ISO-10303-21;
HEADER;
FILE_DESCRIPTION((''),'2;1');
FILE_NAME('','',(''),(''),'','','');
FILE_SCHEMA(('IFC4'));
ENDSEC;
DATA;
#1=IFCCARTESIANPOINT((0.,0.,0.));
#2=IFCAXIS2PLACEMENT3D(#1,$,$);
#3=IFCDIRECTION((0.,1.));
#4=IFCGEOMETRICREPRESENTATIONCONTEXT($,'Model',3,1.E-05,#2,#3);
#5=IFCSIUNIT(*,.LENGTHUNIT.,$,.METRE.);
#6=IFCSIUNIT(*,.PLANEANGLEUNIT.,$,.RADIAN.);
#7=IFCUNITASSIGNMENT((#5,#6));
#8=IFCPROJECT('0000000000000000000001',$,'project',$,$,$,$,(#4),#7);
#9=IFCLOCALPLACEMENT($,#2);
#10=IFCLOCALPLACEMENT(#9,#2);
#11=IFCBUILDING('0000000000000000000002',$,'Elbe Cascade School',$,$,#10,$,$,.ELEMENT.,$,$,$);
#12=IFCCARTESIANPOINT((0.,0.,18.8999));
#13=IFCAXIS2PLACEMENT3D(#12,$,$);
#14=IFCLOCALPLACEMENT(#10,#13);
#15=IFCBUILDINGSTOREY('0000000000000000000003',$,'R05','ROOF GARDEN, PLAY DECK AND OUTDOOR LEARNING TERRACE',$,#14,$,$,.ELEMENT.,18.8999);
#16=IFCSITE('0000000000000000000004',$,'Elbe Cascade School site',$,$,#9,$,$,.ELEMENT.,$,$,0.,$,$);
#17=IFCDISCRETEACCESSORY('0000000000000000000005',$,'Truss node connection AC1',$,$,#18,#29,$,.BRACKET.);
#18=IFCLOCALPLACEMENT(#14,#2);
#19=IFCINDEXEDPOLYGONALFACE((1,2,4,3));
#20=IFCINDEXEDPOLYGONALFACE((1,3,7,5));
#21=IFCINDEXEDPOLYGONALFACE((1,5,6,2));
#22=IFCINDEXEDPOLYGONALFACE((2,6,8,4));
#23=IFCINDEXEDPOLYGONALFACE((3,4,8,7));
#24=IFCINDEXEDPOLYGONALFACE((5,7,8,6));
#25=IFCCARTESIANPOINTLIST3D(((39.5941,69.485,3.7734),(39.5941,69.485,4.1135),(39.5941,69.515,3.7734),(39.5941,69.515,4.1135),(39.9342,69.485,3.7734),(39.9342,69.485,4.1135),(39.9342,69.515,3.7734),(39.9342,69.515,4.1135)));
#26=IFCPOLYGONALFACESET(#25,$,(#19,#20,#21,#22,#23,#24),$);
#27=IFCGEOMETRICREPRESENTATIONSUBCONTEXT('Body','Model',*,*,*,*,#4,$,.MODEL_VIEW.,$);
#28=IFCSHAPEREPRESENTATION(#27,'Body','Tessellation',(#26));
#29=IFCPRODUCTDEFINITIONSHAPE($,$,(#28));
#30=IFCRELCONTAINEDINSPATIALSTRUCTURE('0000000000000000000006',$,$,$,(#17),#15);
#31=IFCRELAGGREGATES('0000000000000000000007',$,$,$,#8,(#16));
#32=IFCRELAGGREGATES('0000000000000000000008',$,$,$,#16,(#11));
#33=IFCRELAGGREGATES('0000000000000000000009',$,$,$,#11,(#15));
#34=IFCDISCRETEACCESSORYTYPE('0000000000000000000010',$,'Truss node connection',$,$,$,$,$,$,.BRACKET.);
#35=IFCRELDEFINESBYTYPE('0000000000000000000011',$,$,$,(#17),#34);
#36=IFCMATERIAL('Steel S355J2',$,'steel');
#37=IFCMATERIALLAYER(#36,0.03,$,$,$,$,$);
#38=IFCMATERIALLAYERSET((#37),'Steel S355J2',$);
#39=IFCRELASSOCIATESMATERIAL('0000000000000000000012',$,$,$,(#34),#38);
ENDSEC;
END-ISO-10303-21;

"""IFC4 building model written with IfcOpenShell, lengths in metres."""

from ifc_helpers import new_model, si_unit, direction, frame, origin, origin_2d, place, context, subcontext, project, spatial, rectangle, extrude, material, layer, layer_set, type_object, element, save


model = new_model("IFC4")

# Units and contexts
model_context = context("Model", 3, precision=1e-05, world=origin(), true_north=direction((0.0, 1.0)))
body_context = subcontext(model_context, "Body", "Model", "MODEL_VIEW")
ifc_project = project(units=[si_unit("LENGTHUNIT", "METRE"), si_unit("PLANEANGLEUNIT", "RADIAN")], contexts=[model_context])

# Site, building, storey
site_placement = place(None, origin())
site = spatial("IfcSite", under=ifc_project, at=site_placement, Name="Elbe Cascade School site", CompositionType="ELEMENT", RefElevation=0.0)
building_placement = place(site_placement, origin())
building = spatial("IfcBuilding", under=site, at=building_placement, Name="Elbe Cascade School", CompositionType="ELEMENT")
storey_placement = place(building_placement, frame((0.0, 0.0, 18.8999)))
storey = spatial("IfcBuildingStorey", under=building, at=storey_placement, Name="R05", Description="ROOF GARDEN, PLAY DECK AND OUTDOOR LEARNING TERRACE", CompositionType="ELEMENT", Elevation=18.8999)

# Discrete accessory
ifc_material_1 = material(Name="Steel S355J2", Category="steel")
ifc_layer_1 = layer(ifc_material_1, 0.03)
ifc_layer_set_1 = layer_set([ifc_layer_1], Name="Steel S355J2")
discrete_accessory_type_1 = type_object("IfcDiscreteAccessoryType", Name="Truss node connection", PredefinedType="BRACKET", material=ifc_layer_set_1)
for number, where, z_axis, x_axis, name in (
    (1, (39.7642, 69.5, 3.7734), (0.0, 0.0, 1.0), (1.0, 0.0, 0.0), "Truss node connection AC1"),
):
    element("IfcDiscreteAccessory", number, at=place(storey_placement, frame(where, z_axis=z_axis, x_axis=x_axis)), inside=storey, type_object=discrete_accessory_type_1, Name=name, PredefinedType="BRACKET", context=body_context, shape_type="SweptSolid", body=[
        extrude(rectangle(XDim=0.3401, YDim=0.03, at=origin_2d()), origin(), (0.0, 0.0, 1.0), 0.3401),
    ])

save(model, "model.ifc")
